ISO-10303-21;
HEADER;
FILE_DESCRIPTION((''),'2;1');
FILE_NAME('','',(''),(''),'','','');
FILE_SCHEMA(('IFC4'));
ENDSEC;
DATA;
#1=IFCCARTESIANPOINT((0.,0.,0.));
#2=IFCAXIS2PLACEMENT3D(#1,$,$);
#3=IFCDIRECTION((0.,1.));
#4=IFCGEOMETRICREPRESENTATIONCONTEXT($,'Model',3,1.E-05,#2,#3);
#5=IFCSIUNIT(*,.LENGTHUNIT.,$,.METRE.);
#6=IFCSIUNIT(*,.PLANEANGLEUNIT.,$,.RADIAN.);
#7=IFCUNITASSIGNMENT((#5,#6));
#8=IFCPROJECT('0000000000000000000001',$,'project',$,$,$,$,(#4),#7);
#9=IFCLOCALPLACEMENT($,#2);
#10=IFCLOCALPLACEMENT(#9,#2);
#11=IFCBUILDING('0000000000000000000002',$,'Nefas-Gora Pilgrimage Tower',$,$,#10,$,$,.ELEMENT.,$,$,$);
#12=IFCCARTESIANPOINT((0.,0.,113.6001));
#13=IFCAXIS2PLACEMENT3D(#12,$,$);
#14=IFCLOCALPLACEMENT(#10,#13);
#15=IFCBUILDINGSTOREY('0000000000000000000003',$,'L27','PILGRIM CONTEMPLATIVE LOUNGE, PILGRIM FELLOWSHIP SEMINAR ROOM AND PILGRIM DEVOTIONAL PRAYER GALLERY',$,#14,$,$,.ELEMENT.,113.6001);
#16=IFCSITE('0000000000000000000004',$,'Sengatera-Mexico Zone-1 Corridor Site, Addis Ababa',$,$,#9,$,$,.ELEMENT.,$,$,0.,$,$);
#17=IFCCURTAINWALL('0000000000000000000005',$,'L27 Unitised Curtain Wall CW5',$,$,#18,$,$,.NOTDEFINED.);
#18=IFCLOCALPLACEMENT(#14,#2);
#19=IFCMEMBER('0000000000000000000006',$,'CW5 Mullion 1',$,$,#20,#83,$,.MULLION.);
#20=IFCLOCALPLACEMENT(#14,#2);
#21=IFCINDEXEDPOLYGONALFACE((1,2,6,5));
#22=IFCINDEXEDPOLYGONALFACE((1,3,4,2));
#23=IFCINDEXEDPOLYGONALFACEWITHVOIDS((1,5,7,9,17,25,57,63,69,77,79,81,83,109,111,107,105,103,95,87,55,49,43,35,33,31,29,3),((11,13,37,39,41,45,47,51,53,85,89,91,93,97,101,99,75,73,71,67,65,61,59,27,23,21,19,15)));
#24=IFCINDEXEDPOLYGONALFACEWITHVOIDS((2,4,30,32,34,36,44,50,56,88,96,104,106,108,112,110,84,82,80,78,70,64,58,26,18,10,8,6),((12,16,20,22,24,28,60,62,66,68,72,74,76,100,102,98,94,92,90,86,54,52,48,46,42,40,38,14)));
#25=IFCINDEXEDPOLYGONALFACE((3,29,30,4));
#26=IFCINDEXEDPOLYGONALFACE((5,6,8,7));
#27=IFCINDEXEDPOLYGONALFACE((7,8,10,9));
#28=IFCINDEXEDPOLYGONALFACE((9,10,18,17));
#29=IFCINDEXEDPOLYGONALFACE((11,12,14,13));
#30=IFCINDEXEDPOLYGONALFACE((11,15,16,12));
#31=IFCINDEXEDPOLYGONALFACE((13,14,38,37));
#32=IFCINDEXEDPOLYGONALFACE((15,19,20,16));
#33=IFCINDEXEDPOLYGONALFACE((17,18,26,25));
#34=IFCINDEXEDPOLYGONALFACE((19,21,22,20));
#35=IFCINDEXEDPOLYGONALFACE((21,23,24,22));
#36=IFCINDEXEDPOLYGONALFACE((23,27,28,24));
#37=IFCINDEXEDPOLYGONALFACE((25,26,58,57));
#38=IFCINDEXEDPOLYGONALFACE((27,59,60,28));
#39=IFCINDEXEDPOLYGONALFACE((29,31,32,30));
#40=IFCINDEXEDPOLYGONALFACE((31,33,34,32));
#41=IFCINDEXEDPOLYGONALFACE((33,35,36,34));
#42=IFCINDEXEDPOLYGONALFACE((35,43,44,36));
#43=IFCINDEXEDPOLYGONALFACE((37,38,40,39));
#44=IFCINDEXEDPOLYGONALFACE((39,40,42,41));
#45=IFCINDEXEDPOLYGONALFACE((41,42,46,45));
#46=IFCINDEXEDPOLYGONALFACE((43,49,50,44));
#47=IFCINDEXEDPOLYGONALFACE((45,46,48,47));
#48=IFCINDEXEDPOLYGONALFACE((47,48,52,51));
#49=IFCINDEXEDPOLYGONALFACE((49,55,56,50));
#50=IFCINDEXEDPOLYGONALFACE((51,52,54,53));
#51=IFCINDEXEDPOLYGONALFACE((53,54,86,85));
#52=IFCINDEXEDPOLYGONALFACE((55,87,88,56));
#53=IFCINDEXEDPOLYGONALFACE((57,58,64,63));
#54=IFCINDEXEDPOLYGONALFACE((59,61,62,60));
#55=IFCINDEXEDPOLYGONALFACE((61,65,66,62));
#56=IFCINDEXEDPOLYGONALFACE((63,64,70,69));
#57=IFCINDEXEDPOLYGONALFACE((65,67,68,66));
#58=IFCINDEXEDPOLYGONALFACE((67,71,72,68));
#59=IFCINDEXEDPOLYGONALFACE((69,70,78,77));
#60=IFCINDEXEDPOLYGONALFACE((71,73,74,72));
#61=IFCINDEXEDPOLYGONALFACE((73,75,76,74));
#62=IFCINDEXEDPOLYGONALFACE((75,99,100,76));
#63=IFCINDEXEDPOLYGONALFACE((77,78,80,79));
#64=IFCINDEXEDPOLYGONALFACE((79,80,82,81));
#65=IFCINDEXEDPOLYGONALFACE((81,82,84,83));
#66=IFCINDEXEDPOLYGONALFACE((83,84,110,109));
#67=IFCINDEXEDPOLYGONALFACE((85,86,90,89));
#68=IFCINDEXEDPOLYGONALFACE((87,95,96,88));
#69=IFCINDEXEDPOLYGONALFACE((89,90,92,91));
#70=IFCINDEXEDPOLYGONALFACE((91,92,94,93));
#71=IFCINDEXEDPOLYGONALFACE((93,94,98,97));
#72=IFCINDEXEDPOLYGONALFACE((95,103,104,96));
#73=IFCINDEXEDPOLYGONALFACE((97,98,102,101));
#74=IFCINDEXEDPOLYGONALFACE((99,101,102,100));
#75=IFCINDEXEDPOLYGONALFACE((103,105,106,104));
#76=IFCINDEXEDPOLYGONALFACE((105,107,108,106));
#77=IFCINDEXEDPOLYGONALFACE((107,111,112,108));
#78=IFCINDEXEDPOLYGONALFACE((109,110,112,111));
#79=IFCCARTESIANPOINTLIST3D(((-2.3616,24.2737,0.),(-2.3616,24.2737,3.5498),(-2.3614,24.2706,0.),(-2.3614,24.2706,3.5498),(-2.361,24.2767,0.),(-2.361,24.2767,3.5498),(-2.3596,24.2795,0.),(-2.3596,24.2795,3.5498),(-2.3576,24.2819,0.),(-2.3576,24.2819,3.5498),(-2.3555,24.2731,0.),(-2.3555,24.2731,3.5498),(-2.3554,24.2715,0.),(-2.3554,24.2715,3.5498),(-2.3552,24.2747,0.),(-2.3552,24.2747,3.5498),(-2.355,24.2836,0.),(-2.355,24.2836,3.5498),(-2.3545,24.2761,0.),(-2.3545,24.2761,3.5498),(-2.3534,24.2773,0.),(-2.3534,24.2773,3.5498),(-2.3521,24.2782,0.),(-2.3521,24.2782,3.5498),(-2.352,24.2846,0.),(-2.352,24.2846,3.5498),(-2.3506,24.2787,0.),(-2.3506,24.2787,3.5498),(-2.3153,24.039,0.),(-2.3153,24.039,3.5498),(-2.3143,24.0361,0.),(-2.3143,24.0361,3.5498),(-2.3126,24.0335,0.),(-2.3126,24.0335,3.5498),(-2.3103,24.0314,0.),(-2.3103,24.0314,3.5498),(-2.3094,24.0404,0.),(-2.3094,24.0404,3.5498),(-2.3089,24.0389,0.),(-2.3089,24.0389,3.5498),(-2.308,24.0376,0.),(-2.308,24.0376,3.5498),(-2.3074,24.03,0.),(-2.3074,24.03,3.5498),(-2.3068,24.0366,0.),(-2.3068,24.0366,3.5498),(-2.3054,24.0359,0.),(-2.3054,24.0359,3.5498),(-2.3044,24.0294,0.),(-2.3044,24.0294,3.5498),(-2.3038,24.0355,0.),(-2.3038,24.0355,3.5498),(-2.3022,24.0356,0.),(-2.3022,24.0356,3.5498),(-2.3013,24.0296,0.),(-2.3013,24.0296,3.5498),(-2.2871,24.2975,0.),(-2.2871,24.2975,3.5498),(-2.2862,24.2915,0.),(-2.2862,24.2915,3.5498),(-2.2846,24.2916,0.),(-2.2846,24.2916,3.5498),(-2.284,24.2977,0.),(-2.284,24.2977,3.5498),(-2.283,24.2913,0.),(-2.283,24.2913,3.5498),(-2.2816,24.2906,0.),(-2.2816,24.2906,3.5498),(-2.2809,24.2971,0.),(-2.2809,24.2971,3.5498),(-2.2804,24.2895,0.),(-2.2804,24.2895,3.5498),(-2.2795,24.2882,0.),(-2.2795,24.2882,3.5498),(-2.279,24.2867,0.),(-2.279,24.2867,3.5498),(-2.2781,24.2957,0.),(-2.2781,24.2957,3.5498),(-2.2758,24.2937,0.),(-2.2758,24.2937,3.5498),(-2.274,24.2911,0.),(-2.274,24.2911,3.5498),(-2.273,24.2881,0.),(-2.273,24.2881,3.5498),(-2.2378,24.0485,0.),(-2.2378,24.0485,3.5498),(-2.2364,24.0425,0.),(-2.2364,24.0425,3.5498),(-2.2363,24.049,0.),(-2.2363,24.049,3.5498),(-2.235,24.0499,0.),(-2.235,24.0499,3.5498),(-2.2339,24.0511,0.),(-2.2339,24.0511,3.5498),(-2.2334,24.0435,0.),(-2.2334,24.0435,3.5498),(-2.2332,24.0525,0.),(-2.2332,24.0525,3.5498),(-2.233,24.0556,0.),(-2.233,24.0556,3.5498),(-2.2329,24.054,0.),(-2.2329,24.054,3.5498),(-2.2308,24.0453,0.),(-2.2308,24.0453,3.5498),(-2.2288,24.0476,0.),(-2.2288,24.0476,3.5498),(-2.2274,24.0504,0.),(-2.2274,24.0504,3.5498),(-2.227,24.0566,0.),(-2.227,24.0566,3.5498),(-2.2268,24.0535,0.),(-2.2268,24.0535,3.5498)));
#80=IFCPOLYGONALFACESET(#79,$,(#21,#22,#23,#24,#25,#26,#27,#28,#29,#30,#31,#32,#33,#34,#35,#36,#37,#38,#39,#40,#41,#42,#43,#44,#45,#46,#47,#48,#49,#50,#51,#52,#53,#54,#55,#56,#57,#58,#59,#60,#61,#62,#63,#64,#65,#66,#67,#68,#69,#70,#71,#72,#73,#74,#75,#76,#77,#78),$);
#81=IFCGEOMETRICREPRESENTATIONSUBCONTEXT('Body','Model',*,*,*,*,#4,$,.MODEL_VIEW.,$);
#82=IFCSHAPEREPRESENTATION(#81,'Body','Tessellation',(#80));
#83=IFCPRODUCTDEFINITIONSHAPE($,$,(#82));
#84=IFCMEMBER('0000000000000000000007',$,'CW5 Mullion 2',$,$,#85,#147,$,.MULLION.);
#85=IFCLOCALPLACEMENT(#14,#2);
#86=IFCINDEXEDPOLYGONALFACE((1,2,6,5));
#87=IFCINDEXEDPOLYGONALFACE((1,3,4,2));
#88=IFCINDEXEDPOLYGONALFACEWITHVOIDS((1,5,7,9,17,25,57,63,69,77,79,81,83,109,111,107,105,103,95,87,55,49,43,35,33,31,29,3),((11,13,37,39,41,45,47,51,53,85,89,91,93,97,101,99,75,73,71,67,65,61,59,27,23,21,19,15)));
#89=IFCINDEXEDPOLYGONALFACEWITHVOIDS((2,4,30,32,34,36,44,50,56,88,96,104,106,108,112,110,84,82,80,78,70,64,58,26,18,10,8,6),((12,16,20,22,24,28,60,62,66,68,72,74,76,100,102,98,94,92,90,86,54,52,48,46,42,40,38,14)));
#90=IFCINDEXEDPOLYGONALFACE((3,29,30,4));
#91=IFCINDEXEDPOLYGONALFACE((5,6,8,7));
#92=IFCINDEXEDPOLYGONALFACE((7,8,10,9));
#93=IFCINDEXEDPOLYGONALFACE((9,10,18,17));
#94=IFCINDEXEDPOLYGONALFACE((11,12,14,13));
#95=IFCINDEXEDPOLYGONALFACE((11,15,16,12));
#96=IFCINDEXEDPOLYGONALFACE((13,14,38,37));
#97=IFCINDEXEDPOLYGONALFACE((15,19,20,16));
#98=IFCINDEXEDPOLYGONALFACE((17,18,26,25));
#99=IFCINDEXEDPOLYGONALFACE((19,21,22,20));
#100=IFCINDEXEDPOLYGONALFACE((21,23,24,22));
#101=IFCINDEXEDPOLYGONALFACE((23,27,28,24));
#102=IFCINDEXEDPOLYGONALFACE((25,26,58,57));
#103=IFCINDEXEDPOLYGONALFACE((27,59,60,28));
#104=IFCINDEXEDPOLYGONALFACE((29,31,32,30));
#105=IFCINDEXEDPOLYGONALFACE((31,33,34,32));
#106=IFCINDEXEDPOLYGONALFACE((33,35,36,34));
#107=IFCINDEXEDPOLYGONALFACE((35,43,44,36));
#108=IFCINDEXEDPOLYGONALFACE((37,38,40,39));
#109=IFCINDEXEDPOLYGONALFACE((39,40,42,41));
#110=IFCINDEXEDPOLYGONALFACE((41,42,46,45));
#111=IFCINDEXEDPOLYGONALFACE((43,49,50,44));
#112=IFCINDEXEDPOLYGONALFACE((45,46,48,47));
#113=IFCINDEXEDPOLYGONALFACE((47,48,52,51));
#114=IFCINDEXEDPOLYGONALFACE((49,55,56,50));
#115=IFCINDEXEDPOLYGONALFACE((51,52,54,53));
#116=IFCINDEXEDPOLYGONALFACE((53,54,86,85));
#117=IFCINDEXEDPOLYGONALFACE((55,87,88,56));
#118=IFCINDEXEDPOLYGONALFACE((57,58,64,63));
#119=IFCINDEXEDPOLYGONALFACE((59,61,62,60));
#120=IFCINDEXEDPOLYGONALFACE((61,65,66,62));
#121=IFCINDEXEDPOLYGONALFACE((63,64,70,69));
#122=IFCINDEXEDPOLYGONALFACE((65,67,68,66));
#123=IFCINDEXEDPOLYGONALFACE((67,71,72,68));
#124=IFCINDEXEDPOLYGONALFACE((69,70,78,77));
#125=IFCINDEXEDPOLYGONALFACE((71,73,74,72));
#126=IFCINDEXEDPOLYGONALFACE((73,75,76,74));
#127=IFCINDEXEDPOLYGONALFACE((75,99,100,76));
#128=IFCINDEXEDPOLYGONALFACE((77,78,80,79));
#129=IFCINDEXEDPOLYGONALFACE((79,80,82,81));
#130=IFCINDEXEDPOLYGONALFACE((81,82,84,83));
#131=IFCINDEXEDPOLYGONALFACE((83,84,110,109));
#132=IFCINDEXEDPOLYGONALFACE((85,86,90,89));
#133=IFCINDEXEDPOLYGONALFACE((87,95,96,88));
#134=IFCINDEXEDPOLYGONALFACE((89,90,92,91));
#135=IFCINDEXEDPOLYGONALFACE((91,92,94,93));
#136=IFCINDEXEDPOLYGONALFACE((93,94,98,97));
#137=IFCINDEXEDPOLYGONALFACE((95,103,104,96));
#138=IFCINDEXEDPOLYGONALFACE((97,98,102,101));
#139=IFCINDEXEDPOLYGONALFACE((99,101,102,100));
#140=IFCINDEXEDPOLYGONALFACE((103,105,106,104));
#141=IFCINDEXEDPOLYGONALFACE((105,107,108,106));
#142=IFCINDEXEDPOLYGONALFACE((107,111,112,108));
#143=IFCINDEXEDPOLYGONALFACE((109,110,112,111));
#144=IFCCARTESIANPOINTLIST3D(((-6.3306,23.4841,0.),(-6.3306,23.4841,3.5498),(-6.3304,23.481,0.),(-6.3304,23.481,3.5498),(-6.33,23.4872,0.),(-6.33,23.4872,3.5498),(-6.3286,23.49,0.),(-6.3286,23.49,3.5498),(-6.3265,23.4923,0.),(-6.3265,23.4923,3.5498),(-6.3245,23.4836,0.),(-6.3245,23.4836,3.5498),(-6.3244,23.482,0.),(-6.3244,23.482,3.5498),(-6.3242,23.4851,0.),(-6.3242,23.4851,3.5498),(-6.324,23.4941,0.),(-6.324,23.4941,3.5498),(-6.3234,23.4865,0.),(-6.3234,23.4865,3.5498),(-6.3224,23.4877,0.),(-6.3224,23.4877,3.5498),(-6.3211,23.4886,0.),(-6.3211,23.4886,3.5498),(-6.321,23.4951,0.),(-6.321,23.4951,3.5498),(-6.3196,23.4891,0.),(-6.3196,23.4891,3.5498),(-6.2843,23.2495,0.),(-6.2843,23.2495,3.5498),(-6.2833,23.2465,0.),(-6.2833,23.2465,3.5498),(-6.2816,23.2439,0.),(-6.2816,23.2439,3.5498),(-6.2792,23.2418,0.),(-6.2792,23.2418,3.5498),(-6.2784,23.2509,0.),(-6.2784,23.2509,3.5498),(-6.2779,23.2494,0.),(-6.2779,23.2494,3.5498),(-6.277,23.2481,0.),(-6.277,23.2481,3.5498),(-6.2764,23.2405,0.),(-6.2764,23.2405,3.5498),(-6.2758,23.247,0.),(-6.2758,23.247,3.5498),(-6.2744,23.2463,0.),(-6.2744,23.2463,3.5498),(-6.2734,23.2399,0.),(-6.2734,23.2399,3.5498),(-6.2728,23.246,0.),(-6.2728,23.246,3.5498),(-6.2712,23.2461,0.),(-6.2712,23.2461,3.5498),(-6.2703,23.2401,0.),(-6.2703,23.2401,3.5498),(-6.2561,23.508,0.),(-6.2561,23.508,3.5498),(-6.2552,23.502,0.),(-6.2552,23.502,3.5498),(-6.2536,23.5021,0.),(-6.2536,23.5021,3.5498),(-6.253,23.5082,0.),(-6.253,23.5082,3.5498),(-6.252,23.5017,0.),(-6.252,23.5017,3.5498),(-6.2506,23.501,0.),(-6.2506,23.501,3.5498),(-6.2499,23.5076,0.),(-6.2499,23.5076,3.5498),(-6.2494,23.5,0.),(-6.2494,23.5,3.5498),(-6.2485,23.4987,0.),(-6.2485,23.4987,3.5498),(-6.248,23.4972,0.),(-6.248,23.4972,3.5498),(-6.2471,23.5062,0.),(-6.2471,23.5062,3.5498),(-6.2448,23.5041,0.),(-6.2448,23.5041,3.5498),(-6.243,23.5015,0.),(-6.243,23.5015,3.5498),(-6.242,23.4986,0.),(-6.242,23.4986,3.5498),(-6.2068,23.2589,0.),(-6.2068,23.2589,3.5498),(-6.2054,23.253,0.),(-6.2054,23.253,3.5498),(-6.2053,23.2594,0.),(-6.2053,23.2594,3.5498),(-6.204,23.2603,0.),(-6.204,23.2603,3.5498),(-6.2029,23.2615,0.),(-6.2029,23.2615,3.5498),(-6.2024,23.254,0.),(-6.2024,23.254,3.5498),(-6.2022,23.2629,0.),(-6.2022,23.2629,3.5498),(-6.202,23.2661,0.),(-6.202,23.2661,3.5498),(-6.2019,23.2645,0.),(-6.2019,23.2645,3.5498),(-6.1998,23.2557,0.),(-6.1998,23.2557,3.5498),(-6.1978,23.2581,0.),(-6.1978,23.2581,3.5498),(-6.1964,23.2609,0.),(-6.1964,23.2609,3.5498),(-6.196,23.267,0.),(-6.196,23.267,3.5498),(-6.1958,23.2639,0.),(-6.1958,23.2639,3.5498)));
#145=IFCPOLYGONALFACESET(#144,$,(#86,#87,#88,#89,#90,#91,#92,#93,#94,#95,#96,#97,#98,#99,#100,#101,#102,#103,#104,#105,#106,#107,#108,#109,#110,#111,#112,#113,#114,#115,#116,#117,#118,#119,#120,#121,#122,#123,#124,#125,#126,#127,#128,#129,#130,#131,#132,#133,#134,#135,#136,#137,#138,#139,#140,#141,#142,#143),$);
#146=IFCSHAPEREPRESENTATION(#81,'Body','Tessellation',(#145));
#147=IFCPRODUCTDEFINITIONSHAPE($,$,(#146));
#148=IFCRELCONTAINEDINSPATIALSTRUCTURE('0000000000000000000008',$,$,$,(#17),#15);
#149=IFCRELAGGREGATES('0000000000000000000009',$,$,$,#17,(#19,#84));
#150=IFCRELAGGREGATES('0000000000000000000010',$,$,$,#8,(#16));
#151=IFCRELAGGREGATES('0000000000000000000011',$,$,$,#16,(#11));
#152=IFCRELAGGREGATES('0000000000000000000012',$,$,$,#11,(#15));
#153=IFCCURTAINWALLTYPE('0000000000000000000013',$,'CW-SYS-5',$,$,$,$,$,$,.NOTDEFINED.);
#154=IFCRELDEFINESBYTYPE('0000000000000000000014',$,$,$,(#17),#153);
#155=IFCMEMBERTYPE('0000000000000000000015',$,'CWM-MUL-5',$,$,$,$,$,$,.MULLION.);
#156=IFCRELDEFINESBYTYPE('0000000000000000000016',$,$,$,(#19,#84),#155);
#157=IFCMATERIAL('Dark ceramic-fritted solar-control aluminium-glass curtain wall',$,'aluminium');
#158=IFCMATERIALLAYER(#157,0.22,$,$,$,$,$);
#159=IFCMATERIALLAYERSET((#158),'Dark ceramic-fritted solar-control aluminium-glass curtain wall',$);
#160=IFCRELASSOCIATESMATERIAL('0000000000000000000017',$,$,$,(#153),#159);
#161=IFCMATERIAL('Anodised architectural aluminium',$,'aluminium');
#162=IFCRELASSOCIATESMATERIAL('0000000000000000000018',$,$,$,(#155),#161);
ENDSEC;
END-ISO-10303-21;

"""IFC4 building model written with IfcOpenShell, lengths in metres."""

from ifc_helpers import new_model, si_unit, direction, frame, origin, origin_2d, place, context, subcontext, project, spatial, hollow_rectangle, extrude, source, transform, mapped, material, layer, layer_set, material_profile, profile_set, type_object, element, aggregate, save


model = new_model("IFC4")

# Units and contexts
model_context = context("Model", 3, precision=1e-05, world=origin(), true_north=direction((0.0, 1.0)))
body_context = subcontext(model_context, "Body", "Model", "MODEL_VIEW")
ifc_project = project(units=[si_unit("LENGTHUNIT", "METRE"), si_unit("PLANEANGLEUNIT", "RADIAN")], contexts=[model_context])

# Site, building, storey
site_placement = place(None, origin())
site = spatial("IfcSite", under=ifc_project, at=site_placement, Name="Sengatera-Mexico Zone-1 Corridor Site, Addis Ababa", CompositionType="ELEMENT", RefElevation=0.0)
building_placement = place(site_placement, origin())
building = spatial("IfcBuilding", under=site, at=building_placement, Name="Nefas-Gora Pilgrimage Tower", CompositionType="ELEMENT")
storey_placement = place(building_placement, frame((0.0, 0.0, 113.6001)))
storey = spatial("IfcBuildingStorey", under=building, at=storey_placement, Name="L27", Description="PILGRIM CONTEMPLATIVE LOUNGE, PILGRIM FELLOWSHIP SEMINAR ROOM AND PILGRIM DEVOTIONAL PRAYER GALLERY", CompositionType="ELEMENT", Elevation=113.6001)

# Shared definitions
ifc_material_1 = material(Name="Dark ceramic-fritted solar-control aluminium-glass curtain wall", Category="aluminium")
ifc_layer_1 = layer(ifc_material_1, 0.22)
ifc_layer_set_1 = layer_set([ifc_layer_1], Name="Dark ceramic-fritted solar-control aluminium-glass curtain wall")
curtain_wall_type = type_object("IfcCurtainWallType", Name="CW-SYS-5", PredefinedType="NOTDEFINED", material=ifc_layer_set_1)
ifc_material_2 = material(Name="Anodised architectural aluminium", Category="aluminium")

# Curtain wall, members
curtain_wall_1_placement = place(storey_placement, origin())
curtain_wall_1 = element("IfcCurtainWall", 1, at=curtain_wall_1_placement, inside=storey, type_object=curtain_wall_type, Name="L27 Unitised Curtain Wall CW5", PredefinedType="NOTDEFINED")
ifc_material_profile_1 = material_profile(ifc_material_2, hollow_rectangle(XDim=0.0901, YDim=0.26, WallThickness=0.0061, InnerFilletRadius=0.0061, OuterFilletRadius=0.012, at=origin_2d()), Name="ALU MULLION 90x260")
ifc_profile_set_1 = profile_set([ifc_material_profile_1], Name="Anodised architectural aluminium")
member_type_1 = type_object("IfcMemberType", Name="CWM-MUL-5", PredefinedType="MULLION", material=ifc_profile_set_1)
shared_shape_1 = source(origin(), body_context, "Body", "SweptSolid", [
    extrude(hollow_rectangle(XDim=0.0901, YDim=0.26, WallThickness=0.0061, InnerFilletRadius=0.0061, OuterFilletRadius=0.012, at=origin_2d()), origin(), (0.0, 0.0, 1.0), 3.5498),
])
member_1_placement = place(storey_placement, frame((-2.2942, 24.1636, 0.0), z_axis=(0.0, 0.0, 1.0), x_axis=(-0.980783, -0.195102, 0.0)))
member_1 = element("IfcMember", 2, at=member_1_placement, type_object=member_type_1, Name="CW5 Mullion 1", PredefinedType="MULLION", context=body_context, shape_type="MappedRepresentation", body=[
    mapped(shared_shape_1, transform((0.0, 0.0, 0.0), x_axis=(1.0, 0.0, 0.0), y_axis=(0.0, 1.0, 0.0), z_axis=(0.0, 0.0, 1.0), scale=1.0)),
])
member_2_placement = place(storey_placement, frame((-6.2632, 23.374, 0.0), z_axis=(0.0, 0.0, 1.0), x_axis=(-0.980783, -0.195102, 0.0)))
member_2 = element("IfcMember", 3, at=member_2_placement, type_object=member_type_1, Name="CW5 Mullion 2", PredefinedType="MULLION", context=body_context, shape_type="MappedRepresentation", body=[
    mapped(shared_shape_1, transform((0.0, 0.0, 0.0), x_axis=(1.0, 0.0, 0.0), y_axis=(0.0, 1.0, 0.0), z_axis=(0.0, 0.0, 1.0), scale=1.0)),
])

aggregate(curtain_wall_1, [member_1, member_2])

save(model, "model.ifc")
